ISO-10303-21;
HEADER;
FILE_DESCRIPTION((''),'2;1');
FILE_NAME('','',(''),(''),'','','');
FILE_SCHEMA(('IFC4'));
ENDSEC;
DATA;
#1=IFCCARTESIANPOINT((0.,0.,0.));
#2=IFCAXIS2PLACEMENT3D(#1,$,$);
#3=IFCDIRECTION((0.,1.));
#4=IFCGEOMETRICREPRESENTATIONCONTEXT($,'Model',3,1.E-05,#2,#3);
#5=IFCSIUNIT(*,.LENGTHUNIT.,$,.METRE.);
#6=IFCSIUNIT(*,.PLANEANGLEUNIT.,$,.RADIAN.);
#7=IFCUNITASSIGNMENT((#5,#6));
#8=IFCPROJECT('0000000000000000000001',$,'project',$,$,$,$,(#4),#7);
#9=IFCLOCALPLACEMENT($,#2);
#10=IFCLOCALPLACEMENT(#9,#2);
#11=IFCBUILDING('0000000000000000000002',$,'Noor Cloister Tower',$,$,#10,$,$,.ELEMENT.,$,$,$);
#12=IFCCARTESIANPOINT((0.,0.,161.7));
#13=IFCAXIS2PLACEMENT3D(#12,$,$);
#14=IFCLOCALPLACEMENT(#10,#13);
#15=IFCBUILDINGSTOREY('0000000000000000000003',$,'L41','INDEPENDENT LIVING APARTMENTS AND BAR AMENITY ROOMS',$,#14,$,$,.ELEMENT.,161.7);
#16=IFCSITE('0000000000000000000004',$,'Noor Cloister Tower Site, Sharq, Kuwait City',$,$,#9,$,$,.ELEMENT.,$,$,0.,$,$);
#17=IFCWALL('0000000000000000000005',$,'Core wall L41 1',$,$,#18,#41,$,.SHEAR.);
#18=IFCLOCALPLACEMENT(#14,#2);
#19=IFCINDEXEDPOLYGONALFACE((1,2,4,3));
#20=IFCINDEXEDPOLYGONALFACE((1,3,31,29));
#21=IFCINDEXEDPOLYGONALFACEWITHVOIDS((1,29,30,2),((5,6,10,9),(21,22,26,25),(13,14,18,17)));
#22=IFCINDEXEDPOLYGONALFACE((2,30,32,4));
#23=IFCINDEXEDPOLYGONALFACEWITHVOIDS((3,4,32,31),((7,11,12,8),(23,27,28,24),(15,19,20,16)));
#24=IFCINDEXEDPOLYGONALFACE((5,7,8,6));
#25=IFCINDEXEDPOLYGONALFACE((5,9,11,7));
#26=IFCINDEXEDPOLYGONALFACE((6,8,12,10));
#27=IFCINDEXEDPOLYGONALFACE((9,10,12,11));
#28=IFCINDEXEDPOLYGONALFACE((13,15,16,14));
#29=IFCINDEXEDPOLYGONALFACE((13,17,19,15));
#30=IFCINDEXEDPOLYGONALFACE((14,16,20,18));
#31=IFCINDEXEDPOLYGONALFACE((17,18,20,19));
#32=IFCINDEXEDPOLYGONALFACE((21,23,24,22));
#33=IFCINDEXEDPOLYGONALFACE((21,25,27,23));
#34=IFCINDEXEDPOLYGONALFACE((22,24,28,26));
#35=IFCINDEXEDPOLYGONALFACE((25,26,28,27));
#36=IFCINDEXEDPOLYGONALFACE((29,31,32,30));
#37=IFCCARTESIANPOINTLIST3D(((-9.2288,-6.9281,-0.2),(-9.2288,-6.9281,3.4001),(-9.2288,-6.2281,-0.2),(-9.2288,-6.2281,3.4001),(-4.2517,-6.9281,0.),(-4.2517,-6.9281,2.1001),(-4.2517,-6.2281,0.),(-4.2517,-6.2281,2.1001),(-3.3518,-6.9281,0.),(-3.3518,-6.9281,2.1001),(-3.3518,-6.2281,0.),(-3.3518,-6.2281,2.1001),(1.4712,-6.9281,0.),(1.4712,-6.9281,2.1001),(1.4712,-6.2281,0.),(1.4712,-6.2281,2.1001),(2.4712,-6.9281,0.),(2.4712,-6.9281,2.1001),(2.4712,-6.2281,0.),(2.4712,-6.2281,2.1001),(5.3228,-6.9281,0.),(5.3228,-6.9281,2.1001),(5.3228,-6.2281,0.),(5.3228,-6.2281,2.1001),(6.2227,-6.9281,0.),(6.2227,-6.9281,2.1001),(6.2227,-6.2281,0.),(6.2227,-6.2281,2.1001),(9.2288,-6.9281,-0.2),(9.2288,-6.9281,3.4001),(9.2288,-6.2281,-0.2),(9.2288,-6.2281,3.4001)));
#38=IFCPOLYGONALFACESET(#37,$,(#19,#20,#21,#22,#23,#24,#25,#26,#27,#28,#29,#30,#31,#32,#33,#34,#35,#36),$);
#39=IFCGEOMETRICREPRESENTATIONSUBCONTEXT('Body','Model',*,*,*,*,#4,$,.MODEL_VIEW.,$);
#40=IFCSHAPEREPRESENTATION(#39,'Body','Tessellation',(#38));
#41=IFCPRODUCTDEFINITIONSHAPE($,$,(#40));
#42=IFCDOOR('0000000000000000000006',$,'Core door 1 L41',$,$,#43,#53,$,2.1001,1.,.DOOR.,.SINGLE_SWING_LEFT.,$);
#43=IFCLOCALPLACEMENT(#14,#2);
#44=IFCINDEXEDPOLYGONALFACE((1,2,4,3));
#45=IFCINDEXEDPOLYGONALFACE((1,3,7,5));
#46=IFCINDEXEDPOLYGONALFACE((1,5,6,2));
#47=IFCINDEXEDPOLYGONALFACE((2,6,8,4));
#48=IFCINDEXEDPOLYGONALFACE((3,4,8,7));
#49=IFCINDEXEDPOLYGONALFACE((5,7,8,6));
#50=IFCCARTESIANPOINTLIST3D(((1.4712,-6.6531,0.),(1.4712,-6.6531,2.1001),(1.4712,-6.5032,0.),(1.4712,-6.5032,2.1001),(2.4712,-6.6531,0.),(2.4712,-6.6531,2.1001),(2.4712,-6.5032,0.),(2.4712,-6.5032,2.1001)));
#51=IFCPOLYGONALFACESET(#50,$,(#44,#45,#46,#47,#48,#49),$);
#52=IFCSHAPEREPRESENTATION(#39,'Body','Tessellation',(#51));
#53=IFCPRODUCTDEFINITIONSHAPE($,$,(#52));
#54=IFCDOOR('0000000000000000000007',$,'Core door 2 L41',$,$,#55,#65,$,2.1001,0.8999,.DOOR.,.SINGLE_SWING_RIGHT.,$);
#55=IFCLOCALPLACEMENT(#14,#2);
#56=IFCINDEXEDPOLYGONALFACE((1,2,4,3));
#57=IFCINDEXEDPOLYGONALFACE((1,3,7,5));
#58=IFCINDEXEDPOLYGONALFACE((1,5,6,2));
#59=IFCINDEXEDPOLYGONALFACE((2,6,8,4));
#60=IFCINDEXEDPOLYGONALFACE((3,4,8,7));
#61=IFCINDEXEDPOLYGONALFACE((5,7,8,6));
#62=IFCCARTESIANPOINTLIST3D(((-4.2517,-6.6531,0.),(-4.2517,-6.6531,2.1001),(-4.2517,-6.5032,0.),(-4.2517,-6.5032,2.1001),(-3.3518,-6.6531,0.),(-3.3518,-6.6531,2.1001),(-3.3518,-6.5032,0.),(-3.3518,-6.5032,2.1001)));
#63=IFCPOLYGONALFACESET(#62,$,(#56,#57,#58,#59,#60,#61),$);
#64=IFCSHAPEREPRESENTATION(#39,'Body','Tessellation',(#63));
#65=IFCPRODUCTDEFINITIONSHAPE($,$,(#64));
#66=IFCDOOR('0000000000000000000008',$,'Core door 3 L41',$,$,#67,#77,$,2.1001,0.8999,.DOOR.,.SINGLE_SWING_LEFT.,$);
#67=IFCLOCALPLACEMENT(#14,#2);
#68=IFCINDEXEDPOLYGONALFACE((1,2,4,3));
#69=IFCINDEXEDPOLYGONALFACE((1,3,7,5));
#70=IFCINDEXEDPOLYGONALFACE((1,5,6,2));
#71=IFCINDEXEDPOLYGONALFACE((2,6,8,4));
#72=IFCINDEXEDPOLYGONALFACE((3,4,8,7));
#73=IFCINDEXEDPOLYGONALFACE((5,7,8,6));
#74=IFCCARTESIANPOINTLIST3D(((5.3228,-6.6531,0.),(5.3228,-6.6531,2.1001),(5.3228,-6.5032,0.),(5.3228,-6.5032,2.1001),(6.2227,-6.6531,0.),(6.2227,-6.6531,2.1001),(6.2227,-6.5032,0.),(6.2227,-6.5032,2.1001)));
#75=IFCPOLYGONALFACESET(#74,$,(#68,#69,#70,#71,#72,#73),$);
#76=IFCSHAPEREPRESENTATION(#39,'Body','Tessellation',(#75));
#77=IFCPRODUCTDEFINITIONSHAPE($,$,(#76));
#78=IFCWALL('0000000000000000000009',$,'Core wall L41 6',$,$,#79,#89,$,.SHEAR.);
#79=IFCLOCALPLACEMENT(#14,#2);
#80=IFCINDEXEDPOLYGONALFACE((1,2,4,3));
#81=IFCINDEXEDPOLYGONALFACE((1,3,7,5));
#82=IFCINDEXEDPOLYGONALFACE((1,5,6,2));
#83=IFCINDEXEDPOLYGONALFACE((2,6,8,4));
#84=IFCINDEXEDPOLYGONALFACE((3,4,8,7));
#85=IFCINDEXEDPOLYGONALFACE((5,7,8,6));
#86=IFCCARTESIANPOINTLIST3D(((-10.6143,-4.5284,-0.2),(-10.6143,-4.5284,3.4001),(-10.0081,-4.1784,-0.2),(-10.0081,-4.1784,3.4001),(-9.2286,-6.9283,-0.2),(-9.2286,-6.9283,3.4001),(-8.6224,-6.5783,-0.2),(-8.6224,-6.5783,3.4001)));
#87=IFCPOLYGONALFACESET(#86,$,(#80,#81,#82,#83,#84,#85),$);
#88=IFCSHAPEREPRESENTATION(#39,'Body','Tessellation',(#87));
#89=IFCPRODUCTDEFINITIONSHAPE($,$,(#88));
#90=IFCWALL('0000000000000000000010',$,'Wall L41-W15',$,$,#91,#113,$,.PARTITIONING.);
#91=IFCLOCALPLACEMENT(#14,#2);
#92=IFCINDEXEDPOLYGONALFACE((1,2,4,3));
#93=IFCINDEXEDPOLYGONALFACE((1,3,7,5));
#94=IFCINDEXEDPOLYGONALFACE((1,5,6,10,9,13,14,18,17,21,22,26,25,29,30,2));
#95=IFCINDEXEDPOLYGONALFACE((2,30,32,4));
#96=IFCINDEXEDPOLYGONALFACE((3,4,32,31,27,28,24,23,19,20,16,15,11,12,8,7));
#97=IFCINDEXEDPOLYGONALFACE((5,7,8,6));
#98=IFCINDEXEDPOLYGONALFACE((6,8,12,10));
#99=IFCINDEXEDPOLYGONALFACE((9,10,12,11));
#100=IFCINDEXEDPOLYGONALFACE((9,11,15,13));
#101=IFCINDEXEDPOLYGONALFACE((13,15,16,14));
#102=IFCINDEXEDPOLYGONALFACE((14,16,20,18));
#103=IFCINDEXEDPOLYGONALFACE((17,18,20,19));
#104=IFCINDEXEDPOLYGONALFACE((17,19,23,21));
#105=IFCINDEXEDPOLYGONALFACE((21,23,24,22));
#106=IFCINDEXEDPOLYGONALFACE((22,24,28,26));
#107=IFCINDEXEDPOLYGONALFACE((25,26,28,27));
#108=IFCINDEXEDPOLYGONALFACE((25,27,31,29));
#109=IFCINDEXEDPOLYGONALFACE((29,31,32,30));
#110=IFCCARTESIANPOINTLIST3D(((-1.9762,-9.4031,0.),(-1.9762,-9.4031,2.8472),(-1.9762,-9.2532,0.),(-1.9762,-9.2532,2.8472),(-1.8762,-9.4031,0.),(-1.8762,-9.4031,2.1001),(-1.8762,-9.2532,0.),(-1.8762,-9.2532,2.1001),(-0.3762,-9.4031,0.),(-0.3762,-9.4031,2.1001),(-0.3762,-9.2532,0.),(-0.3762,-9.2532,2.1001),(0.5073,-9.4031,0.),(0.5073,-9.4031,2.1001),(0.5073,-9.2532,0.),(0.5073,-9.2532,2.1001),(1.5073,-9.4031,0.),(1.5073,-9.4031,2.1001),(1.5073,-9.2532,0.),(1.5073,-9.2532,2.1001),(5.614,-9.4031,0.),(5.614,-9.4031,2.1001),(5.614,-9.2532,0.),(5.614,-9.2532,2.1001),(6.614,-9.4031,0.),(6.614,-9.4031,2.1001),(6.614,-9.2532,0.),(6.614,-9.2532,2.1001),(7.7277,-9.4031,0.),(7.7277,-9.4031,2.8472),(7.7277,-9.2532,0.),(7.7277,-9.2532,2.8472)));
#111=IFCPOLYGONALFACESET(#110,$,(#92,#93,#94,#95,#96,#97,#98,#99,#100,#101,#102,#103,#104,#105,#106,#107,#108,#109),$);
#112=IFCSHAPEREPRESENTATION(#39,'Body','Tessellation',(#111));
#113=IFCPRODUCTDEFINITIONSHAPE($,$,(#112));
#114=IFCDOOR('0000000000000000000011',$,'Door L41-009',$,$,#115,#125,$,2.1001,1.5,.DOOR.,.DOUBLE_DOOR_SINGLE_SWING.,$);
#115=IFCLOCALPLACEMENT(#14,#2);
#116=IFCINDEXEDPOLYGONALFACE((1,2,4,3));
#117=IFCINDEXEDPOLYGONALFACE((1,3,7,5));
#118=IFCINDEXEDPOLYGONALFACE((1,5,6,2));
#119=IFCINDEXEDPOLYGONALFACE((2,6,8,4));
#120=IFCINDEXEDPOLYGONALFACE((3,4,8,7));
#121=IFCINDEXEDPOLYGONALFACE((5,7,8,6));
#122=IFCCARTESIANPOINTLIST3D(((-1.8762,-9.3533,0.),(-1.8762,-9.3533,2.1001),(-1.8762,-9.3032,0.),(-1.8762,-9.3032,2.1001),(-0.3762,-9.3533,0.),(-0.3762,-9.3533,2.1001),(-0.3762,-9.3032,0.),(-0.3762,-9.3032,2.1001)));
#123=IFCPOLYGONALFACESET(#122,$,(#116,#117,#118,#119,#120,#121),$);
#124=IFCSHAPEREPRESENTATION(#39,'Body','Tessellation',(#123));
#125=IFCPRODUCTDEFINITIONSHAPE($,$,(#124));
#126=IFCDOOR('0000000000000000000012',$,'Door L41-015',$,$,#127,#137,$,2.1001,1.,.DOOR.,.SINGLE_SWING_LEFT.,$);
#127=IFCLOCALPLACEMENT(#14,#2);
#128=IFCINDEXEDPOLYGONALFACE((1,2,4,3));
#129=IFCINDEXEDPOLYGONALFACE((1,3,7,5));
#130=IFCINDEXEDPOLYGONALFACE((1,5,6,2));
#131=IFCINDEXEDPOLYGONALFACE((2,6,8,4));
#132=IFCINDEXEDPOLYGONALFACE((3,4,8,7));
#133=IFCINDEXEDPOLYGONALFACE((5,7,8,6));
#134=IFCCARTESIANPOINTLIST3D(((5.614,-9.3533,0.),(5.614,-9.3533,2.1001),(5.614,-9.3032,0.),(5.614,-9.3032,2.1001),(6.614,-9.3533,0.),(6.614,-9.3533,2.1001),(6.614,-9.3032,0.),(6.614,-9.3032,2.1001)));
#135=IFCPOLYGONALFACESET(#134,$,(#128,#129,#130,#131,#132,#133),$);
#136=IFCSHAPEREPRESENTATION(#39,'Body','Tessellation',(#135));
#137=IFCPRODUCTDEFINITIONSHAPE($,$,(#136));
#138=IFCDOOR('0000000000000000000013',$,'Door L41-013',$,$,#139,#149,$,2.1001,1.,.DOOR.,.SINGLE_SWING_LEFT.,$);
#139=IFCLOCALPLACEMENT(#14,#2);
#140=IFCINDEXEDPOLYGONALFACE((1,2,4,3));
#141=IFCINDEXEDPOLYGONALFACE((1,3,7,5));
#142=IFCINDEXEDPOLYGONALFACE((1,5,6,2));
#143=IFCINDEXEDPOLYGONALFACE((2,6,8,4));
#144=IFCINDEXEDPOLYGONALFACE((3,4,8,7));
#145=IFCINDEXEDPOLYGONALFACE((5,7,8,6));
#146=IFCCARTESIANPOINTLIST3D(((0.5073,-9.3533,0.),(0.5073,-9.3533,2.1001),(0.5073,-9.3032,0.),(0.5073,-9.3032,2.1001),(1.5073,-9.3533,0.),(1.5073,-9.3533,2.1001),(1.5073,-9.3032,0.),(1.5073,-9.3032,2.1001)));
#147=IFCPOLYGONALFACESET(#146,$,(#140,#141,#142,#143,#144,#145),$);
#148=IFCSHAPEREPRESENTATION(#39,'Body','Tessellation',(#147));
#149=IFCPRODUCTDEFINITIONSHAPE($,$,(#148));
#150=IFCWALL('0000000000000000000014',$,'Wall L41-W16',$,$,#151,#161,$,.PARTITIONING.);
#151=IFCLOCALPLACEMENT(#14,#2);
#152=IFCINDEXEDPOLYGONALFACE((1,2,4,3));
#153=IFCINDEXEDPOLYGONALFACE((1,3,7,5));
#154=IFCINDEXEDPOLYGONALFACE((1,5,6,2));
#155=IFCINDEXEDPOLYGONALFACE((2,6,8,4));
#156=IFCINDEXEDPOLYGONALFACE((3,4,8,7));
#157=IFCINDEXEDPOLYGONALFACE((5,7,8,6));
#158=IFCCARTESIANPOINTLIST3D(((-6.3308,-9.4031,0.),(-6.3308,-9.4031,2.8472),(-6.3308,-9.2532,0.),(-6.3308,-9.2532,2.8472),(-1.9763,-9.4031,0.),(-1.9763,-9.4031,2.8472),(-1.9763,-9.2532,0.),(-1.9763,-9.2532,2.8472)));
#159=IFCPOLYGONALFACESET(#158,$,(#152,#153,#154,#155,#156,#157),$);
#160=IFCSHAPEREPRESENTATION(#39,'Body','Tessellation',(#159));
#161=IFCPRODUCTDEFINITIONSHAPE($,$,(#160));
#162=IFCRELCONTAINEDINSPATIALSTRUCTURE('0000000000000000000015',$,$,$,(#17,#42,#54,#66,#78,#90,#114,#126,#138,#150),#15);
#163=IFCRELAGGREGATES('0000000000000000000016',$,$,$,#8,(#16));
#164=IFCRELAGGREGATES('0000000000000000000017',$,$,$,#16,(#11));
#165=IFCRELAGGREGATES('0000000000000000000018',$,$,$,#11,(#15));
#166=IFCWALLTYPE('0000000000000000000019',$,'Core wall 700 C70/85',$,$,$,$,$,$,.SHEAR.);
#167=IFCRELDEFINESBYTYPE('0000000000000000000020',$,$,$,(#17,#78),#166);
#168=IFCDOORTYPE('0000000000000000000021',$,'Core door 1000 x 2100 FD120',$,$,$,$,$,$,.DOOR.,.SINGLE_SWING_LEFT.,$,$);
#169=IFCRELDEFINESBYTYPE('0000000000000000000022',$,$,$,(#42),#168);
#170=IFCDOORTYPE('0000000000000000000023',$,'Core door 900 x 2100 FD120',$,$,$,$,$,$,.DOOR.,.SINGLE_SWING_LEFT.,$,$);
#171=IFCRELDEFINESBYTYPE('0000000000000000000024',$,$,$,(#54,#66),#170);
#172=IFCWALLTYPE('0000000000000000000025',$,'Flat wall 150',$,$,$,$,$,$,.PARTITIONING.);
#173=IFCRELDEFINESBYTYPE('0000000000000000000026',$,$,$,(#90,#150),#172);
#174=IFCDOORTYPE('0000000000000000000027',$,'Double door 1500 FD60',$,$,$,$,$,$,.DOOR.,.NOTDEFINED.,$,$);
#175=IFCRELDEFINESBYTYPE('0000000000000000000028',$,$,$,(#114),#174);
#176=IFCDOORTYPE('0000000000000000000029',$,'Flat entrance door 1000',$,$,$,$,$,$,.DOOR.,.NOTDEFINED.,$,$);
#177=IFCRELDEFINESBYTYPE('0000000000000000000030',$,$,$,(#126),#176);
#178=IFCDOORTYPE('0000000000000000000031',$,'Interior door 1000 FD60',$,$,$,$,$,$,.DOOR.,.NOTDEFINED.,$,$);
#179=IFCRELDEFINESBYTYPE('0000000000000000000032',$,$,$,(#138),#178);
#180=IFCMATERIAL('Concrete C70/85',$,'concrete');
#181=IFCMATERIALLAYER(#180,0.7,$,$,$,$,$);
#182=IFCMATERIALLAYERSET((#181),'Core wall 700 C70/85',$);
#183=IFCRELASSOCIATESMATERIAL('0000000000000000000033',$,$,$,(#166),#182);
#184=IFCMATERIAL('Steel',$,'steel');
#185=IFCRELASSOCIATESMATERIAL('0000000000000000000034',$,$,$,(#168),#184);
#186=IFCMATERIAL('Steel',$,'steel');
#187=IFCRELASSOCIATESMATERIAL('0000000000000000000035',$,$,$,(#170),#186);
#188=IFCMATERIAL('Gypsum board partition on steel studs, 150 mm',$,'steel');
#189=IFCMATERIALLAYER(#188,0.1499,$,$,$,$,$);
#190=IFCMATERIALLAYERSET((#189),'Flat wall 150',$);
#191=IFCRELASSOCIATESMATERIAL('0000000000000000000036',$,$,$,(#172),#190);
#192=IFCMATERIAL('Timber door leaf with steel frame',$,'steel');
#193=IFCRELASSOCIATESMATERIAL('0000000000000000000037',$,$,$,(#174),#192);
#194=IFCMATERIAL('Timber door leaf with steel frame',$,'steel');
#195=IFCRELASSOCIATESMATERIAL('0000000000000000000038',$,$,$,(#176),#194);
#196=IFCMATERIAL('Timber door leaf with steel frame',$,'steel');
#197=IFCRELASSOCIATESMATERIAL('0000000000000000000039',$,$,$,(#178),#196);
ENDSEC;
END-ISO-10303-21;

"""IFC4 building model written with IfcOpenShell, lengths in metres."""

from ifc_helpers import new_model, si_unit, direction, frame, frame_2d, origin, place, context, subcontext, project, spatial, rectangle, extrude, material, layer, layer_set, type_object, element, fill, save


model = new_model("IFC4")

# Units and contexts
model_context = context("Model", 3, precision=1e-05, world=origin(), true_north=direction((0.0, 1.0)))
body_context = subcontext(model_context, "Body", "Model", "MODEL_VIEW")
ifc_project = project(units=[si_unit("LENGTHUNIT", "METRE"), si_unit("PLANEANGLEUNIT", "RADIAN")], contexts=[model_context])

# Site, building, storey
site_placement = place(None, origin())
site = spatial("IfcSite", under=ifc_project, at=site_placement, Name="Noor Cloister Tower Site, Sharq, Kuwait City", CompositionType="ELEMENT", RefElevation=0.0)
building_placement = place(site_placement, origin())
building = spatial("IfcBuilding", under=site, at=building_placement, Name="Noor Cloister Tower", CompositionType="ELEMENT")
storey_placement = place(building_placement, frame((0.0, 0.0, 161.7)))
storey = spatial("IfcBuildingStorey", under=building, at=storey_placement, Name="L41", Description="INDEPENDENT LIVING APARTMENTS AND BAR AMENITY ROOMS", CompositionType="ELEMENT", Elevation=161.7)

# Wall, openings, doors
ifc_material_1 = material(Name="Concrete C70/85", Category="concrete")
ifc_layer_1 = layer(ifc_material_1, 0.7)
ifc_layer_set_1 = layer_set([ifc_layer_1], Name="Core wall 700 C70/85")
wall_type_1 = type_object("IfcWallType", Name="Core wall 700 C70/85", PredefinedType="SHEAR", material=ifc_layer_set_1)
wall_1_placement = place(storey_placement, frame((-9.2288, -6.5781, -0.2), z_axis=(0.0, 0.0, 1.0), x_axis=(1.0, 0.0, 0.0)))
wall_1 = element("IfcWall", 1, at=wall_1_placement, inside=storey, type_object=wall_type_1, Name="Core wall L41 1", PredefinedType="SHEAR", context=body_context, shape_type="SweptSolid", body=[
    extrude(rectangle(XDim=18.4575, YDim=0.7, at=frame_2d((9.2288, 0.0))), origin(), (0.0, 0.0, 1.0), 3.6001),
])
opening_1_placement = place(wall_1_placement, frame((10.7, 0.0, 0.2)))
opening_1 = element("IfcOpeningElement", 2, at=opening_1_placement, cuts=wall_1, PredefinedType="OPENING", context=body_context, shape_type="SweptSolid", body=[
    extrude(rectangle(XDim=1.0, YDim=2.1001, at=frame_2d((0.5, 1.05))), frame((0.0, 0.3599, 0.0), z_axis=(0.0, -1.0, 0.0), x_axis=(1.0, 0.0, 0.0)), (0.0, 0.0, 1.0), 0.72),
])
opening_2_placement = place(wall_1_placement, frame((4.9771, 0.0, 0.2)))
opening_2 = element("IfcOpeningElement", 3, at=opening_2_placement, cuts=wall_1, PredefinedType="OPENING", context=body_context, shape_type="SweptSolid", body=[
    extrude(rectangle(XDim=0.8999, YDim=2.1001, at=frame_2d((0.45, 1.05))), frame((0.0, 0.3599, 0.0), z_axis=(0.0, -1.0, 0.0), x_axis=(1.0, 0.0, 0.0)), (0.0, 0.0, 1.0), 0.72),
])
opening_3_placement = place(wall_1_placement, frame((14.5515, 0.0, 0.2)))
opening_3 = element("IfcOpeningElement", 4, at=opening_3_placement, cuts=wall_1, PredefinedType="OPENING", context=body_context, shape_type="SweptSolid", body=[
    extrude(rectangle(XDim=0.8999, YDim=2.1001, at=frame_2d((0.45, 1.05))), frame((0.0, 0.3599, 0.0), z_axis=(0.0, -1.0, 0.0), x_axis=(1.0, 0.0, 0.0)), (0.0, 0.0, 1.0), 0.72),
])
ifc_material_2 = material(Name="Steel", Category="steel")
door_type_1 = type_object("IfcDoorType", Name="Core door 1000 x 2100 FD120", OperationType="SINGLE_SWING_LEFT", PredefinedType="DOOR", material=ifc_material_2)
door_1_placement = place(opening_1_placement, origin())
door_1 = element("IfcDoor", 5, at=door_1_placement, inside=storey, type_object=door_type_1, Name="Core door 1 L41", OperationType="SINGLE_SWING_LEFT", OverallHeight=2.1001, OverallWidth=1.0, PredefinedType="DOOR", context=body_context, shape_type="SweptSolid", body=[
    extrude(rectangle(XDim=1.0, YDim=2.1001, at=frame_2d((0.5, 1.05))), frame((0.0, 0.075, 0.0), z_axis=(0.0, -1.0, 0.0), x_axis=(1.0, 0.0, 0.0)), (0.0, 0.0, 1.0), 0.1499),
])
fill(opening_1, door_1)
ifc_material_3 = material(Name="Steel", Category="steel")
door_type_2 = type_object("IfcDoorType", Name="Core door 900 x 2100 FD120", OperationType="SINGLE_SWING_LEFT", PredefinedType="DOOR", material=ifc_material_3)
door_2_placement = place(opening_2_placement, origin())
door_2 = element("IfcDoor", 6, at=door_2_placement, inside=storey, type_object=door_type_2, Name="Core door 2 L41", OperationType="SINGLE_SWING_RIGHT", OverallHeight=2.1001, OverallWidth=0.8999, PredefinedType="DOOR", context=body_context, shape_type="SweptSolid", body=[
    extrude(rectangle(XDim=0.8999, YDim=2.1001, at=frame_2d((0.45, 1.05))), frame((0.0, 0.075, 0.0), z_axis=(0.0, -1.0, 0.0), x_axis=(1.0, 0.0, 0.0)), (0.0, 0.0, 1.0), 0.1499),
])
fill(opening_2, door_2)
door_3_placement = place(opening_3_placement, origin())
door_3 = element("IfcDoor", 7, at=door_3_placement, inside=storey, type_object=door_type_2, Name="Core door 3 L41", OperationType="SINGLE_SWING_LEFT", OverallHeight=2.1001, OverallWidth=0.8999, PredefinedType="DOOR", context=body_context, shape_type="SweptSolid", body=[
    extrude(rectangle(XDim=0.8999, YDim=2.1001, at=frame_2d((0.45, 1.05))), frame((0.0, 0.075, 0.0), z_axis=(0.0, -1.0, 0.0), x_axis=(1.0, 0.0, 0.0)), (0.0, 0.0, 1.0), 0.1499),
])
fill(opening_3, door_3)

# Wall
wall_2_placement = place(storey_placement, frame((-10.3113, -4.3533, -0.2), z_axis=(0.0, 0.0, 1.0), x_axis=(0.500043, -0.866001, 0.0)))
element("IfcWall", 8, at=wall_2_placement, inside=storey, type_object=wall_type_1, Name="Core wall L41 6", PredefinedType="SHEAR", context=body_context, shape_type="SweptSolid", body=[
    extrude(rectangle(XDim=2.7712, YDim=0.7, at=frame_2d((1.3857, 0.0))), origin(), (0.0, 0.0, 1.0), 3.6001),
])

# Wall, openings, doors
ifc_material_4 = material(Name="Gypsum board partition on steel studs, 150 mm", Category="steel")
ifc_layer_2 = layer(ifc_material_4, 0.1499)
ifc_layer_set_2 = layer_set([ifc_layer_2], Name="Flat wall 150")
wall_type_2 = type_object("IfcWallType", Name="Flat wall 150", PredefinedType="PARTITIONING", material=ifc_layer_set_2)
wall_3_placement = place(storey_placement, frame((-1.9763, -9.3281, 0.0), z_axis=(0.0, 0.0, 1.0), x_axis=(1.0, 0.0, 0.0)))
wall_3 = element("IfcWall", 9, at=wall_3_placement, inside=storey, type_object=wall_type_2, Name="Wall L41-W15", PredefinedType="PARTITIONING", context=body_context, shape_type="SweptSolid", body=[
    extrude(rectangle(XDim=9.7039, YDim=0.1499, at=frame_2d((4.8521, 0.0))), origin(), (0.0, 0.0, 1.0), 2.8472),
])
opening_4_placement = place(wall_3_placement, frame((0.1001, 0.0, 0.0)))
opening_4 = element("IfcOpeningElement", 10, at=opening_4_placement, cuts=wall_3, PredefinedType="OPENING", context=body_context, shape_type="SweptSolid", body=[
    extrude(rectangle(XDim=1.5, YDim=2.1001, at=frame_2d((0.75, 1.05))), frame((0.0, 0.085, 0.0), z_axis=(0.0, -1.0, 0.0), x_axis=(1.0, 0.0, 0.0)), (0.0, 0.0, 1.0), 0.1699),
])
opening_5_placement = place(wall_3_placement, frame((2.4836, 0.0, 0.0)))
opening_5 = element("IfcOpeningElement", 11, at=opening_5_placement, cuts=wall_3, PredefinedType="OPENING", context=body_context, shape_type="SweptSolid", body=[
    extrude(rectangle(XDim=1.0, YDim=2.1001, at=frame_2d((0.5, 1.05))), frame((0.0, 0.085, 0.0), z_axis=(0.0, -1.0, 0.0), x_axis=(1.0, 0.0, 0.0)), (0.0, 0.0, 1.0), 0.1699),
])
opening_6_placement = place(wall_3_placement, frame((7.5903, 0.0, 0.0)))
opening_6 = element("IfcOpeningElement", 12, at=opening_6_placement, cuts=wall_3, PredefinedType="OPENING", context=body_context, shape_type="SweptSolid", body=[
    extrude(rectangle(XDim=1.0, YDim=2.1001, at=frame_2d((0.5, 1.05))), frame((0.0, 0.085, 0.0), z_axis=(0.0, -1.0, 0.0), x_axis=(1.0, 0.0, 0.0)), (0.0, 0.0, 1.0), 0.1699),
])
ifc_material_5 = material(Name="Timber door leaf with steel frame", Category="steel")
door_type_3 = type_object("IfcDoorType", Name="Double door 1500 FD60", OperationType="NOTDEFINED", PredefinedType="DOOR", material=ifc_material_5)
door_4_placement = place(opening_4_placement, origin())
door_4 = element("IfcDoor", 13, at=door_4_placement, inside=storey, type_object=door_type_3, Name="Door L41-009", OperationType="DOUBLE_DOOR_SINGLE_SWING", OverallHeight=2.1001, OverallWidth=1.5, PredefinedType="DOOR", context=body_context, shape_type="SweptSolid", body=[
    extrude(rectangle(XDim=1.5, YDim=2.1001, at=frame_2d((0.75, 1.05))), frame((0.0, 0.0249, 0.0), z_axis=(0.0, -1.0, 0.0), x_axis=(1.0, 0.0, 0.0)), (0.0, 0.0, 1.0), 0.05),
])
fill(opening_4, door_4)
ifc_material_6 = material(Name="Timber door leaf with steel frame", Category="steel")
door_type_4 = type_object("IfcDoorType", Name="Flat entrance door 1000", OperationType="NOTDEFINED", PredefinedType="DOOR", material=ifc_material_6)
door_5_placement = place(opening_6_placement, origin())
door_5 = element("IfcDoor", 14, at=door_5_placement, inside=storey, type_object=door_type_4, Name="Door L41-015", OperationType="SINGLE_SWING_LEFT", OverallHeight=2.1001, OverallWidth=1.0, PredefinedType="DOOR", context=body_context, shape_type="SweptSolid", body=[
    extrude(rectangle(XDim=1.0, YDim=2.1001, at=frame_2d((0.5, 1.05))), frame((0.0, 0.0249, 0.0), z_axis=(0.0, -1.0, 0.0), x_axis=(1.0, 0.0, 0.0)), (0.0, 0.0, 1.0), 0.05),
])
fill(opening_6, door_5)
ifc_material_7 = material(Name="Timber door leaf with steel frame", Category="steel")
door_type_5 = type_object("IfcDoorType", Name="Interior door 1000 FD60", OperationType="NOTDEFINED", PredefinedType="DOOR", material=ifc_material_7)
door_6_placement = place(opening_5_placement, origin())
door_6 = element("IfcDoor", 15, at=door_6_placement, inside=storey, type_object=door_type_5, Name="Door L41-013", OperationType="SINGLE_SWING_LEFT", OverallHeight=2.1001, OverallWidth=1.0, PredefinedType="DOOR", context=body_context, shape_type="SweptSolid", body=[
    extrude(rectangle(XDim=1.0, YDim=2.1001, at=frame_2d((0.5, 1.05))), frame((0.0, 0.0249, 0.0), z_axis=(0.0, -1.0, 0.0), x_axis=(1.0, 0.0, 0.0)), (0.0, 0.0, 1.0), 0.05),
])
fill(opening_5, door_6)

# Wall
wall_4_placement = place(storey_placement, frame((-6.3308, -9.3281, 0.0), z_axis=(0.0, 0.0, 1.0), x_axis=(1.0, 0.0, 0.0)))
element("IfcWall", 16, at=wall_4_placement, inside=storey, type_object=wall_type_2, Name="Wall L41-W16", PredefinedType="PARTITIONING", context=body_context, shape_type="SweptSolid", body=[
    extrude(rectangle(XDim=4.3545, YDim=0.1499, at=frame_2d((2.1772, 0.0))), origin(), (0.0, 0.0, 1.0), 2.8472),
])

save(model, "model.ifc")
